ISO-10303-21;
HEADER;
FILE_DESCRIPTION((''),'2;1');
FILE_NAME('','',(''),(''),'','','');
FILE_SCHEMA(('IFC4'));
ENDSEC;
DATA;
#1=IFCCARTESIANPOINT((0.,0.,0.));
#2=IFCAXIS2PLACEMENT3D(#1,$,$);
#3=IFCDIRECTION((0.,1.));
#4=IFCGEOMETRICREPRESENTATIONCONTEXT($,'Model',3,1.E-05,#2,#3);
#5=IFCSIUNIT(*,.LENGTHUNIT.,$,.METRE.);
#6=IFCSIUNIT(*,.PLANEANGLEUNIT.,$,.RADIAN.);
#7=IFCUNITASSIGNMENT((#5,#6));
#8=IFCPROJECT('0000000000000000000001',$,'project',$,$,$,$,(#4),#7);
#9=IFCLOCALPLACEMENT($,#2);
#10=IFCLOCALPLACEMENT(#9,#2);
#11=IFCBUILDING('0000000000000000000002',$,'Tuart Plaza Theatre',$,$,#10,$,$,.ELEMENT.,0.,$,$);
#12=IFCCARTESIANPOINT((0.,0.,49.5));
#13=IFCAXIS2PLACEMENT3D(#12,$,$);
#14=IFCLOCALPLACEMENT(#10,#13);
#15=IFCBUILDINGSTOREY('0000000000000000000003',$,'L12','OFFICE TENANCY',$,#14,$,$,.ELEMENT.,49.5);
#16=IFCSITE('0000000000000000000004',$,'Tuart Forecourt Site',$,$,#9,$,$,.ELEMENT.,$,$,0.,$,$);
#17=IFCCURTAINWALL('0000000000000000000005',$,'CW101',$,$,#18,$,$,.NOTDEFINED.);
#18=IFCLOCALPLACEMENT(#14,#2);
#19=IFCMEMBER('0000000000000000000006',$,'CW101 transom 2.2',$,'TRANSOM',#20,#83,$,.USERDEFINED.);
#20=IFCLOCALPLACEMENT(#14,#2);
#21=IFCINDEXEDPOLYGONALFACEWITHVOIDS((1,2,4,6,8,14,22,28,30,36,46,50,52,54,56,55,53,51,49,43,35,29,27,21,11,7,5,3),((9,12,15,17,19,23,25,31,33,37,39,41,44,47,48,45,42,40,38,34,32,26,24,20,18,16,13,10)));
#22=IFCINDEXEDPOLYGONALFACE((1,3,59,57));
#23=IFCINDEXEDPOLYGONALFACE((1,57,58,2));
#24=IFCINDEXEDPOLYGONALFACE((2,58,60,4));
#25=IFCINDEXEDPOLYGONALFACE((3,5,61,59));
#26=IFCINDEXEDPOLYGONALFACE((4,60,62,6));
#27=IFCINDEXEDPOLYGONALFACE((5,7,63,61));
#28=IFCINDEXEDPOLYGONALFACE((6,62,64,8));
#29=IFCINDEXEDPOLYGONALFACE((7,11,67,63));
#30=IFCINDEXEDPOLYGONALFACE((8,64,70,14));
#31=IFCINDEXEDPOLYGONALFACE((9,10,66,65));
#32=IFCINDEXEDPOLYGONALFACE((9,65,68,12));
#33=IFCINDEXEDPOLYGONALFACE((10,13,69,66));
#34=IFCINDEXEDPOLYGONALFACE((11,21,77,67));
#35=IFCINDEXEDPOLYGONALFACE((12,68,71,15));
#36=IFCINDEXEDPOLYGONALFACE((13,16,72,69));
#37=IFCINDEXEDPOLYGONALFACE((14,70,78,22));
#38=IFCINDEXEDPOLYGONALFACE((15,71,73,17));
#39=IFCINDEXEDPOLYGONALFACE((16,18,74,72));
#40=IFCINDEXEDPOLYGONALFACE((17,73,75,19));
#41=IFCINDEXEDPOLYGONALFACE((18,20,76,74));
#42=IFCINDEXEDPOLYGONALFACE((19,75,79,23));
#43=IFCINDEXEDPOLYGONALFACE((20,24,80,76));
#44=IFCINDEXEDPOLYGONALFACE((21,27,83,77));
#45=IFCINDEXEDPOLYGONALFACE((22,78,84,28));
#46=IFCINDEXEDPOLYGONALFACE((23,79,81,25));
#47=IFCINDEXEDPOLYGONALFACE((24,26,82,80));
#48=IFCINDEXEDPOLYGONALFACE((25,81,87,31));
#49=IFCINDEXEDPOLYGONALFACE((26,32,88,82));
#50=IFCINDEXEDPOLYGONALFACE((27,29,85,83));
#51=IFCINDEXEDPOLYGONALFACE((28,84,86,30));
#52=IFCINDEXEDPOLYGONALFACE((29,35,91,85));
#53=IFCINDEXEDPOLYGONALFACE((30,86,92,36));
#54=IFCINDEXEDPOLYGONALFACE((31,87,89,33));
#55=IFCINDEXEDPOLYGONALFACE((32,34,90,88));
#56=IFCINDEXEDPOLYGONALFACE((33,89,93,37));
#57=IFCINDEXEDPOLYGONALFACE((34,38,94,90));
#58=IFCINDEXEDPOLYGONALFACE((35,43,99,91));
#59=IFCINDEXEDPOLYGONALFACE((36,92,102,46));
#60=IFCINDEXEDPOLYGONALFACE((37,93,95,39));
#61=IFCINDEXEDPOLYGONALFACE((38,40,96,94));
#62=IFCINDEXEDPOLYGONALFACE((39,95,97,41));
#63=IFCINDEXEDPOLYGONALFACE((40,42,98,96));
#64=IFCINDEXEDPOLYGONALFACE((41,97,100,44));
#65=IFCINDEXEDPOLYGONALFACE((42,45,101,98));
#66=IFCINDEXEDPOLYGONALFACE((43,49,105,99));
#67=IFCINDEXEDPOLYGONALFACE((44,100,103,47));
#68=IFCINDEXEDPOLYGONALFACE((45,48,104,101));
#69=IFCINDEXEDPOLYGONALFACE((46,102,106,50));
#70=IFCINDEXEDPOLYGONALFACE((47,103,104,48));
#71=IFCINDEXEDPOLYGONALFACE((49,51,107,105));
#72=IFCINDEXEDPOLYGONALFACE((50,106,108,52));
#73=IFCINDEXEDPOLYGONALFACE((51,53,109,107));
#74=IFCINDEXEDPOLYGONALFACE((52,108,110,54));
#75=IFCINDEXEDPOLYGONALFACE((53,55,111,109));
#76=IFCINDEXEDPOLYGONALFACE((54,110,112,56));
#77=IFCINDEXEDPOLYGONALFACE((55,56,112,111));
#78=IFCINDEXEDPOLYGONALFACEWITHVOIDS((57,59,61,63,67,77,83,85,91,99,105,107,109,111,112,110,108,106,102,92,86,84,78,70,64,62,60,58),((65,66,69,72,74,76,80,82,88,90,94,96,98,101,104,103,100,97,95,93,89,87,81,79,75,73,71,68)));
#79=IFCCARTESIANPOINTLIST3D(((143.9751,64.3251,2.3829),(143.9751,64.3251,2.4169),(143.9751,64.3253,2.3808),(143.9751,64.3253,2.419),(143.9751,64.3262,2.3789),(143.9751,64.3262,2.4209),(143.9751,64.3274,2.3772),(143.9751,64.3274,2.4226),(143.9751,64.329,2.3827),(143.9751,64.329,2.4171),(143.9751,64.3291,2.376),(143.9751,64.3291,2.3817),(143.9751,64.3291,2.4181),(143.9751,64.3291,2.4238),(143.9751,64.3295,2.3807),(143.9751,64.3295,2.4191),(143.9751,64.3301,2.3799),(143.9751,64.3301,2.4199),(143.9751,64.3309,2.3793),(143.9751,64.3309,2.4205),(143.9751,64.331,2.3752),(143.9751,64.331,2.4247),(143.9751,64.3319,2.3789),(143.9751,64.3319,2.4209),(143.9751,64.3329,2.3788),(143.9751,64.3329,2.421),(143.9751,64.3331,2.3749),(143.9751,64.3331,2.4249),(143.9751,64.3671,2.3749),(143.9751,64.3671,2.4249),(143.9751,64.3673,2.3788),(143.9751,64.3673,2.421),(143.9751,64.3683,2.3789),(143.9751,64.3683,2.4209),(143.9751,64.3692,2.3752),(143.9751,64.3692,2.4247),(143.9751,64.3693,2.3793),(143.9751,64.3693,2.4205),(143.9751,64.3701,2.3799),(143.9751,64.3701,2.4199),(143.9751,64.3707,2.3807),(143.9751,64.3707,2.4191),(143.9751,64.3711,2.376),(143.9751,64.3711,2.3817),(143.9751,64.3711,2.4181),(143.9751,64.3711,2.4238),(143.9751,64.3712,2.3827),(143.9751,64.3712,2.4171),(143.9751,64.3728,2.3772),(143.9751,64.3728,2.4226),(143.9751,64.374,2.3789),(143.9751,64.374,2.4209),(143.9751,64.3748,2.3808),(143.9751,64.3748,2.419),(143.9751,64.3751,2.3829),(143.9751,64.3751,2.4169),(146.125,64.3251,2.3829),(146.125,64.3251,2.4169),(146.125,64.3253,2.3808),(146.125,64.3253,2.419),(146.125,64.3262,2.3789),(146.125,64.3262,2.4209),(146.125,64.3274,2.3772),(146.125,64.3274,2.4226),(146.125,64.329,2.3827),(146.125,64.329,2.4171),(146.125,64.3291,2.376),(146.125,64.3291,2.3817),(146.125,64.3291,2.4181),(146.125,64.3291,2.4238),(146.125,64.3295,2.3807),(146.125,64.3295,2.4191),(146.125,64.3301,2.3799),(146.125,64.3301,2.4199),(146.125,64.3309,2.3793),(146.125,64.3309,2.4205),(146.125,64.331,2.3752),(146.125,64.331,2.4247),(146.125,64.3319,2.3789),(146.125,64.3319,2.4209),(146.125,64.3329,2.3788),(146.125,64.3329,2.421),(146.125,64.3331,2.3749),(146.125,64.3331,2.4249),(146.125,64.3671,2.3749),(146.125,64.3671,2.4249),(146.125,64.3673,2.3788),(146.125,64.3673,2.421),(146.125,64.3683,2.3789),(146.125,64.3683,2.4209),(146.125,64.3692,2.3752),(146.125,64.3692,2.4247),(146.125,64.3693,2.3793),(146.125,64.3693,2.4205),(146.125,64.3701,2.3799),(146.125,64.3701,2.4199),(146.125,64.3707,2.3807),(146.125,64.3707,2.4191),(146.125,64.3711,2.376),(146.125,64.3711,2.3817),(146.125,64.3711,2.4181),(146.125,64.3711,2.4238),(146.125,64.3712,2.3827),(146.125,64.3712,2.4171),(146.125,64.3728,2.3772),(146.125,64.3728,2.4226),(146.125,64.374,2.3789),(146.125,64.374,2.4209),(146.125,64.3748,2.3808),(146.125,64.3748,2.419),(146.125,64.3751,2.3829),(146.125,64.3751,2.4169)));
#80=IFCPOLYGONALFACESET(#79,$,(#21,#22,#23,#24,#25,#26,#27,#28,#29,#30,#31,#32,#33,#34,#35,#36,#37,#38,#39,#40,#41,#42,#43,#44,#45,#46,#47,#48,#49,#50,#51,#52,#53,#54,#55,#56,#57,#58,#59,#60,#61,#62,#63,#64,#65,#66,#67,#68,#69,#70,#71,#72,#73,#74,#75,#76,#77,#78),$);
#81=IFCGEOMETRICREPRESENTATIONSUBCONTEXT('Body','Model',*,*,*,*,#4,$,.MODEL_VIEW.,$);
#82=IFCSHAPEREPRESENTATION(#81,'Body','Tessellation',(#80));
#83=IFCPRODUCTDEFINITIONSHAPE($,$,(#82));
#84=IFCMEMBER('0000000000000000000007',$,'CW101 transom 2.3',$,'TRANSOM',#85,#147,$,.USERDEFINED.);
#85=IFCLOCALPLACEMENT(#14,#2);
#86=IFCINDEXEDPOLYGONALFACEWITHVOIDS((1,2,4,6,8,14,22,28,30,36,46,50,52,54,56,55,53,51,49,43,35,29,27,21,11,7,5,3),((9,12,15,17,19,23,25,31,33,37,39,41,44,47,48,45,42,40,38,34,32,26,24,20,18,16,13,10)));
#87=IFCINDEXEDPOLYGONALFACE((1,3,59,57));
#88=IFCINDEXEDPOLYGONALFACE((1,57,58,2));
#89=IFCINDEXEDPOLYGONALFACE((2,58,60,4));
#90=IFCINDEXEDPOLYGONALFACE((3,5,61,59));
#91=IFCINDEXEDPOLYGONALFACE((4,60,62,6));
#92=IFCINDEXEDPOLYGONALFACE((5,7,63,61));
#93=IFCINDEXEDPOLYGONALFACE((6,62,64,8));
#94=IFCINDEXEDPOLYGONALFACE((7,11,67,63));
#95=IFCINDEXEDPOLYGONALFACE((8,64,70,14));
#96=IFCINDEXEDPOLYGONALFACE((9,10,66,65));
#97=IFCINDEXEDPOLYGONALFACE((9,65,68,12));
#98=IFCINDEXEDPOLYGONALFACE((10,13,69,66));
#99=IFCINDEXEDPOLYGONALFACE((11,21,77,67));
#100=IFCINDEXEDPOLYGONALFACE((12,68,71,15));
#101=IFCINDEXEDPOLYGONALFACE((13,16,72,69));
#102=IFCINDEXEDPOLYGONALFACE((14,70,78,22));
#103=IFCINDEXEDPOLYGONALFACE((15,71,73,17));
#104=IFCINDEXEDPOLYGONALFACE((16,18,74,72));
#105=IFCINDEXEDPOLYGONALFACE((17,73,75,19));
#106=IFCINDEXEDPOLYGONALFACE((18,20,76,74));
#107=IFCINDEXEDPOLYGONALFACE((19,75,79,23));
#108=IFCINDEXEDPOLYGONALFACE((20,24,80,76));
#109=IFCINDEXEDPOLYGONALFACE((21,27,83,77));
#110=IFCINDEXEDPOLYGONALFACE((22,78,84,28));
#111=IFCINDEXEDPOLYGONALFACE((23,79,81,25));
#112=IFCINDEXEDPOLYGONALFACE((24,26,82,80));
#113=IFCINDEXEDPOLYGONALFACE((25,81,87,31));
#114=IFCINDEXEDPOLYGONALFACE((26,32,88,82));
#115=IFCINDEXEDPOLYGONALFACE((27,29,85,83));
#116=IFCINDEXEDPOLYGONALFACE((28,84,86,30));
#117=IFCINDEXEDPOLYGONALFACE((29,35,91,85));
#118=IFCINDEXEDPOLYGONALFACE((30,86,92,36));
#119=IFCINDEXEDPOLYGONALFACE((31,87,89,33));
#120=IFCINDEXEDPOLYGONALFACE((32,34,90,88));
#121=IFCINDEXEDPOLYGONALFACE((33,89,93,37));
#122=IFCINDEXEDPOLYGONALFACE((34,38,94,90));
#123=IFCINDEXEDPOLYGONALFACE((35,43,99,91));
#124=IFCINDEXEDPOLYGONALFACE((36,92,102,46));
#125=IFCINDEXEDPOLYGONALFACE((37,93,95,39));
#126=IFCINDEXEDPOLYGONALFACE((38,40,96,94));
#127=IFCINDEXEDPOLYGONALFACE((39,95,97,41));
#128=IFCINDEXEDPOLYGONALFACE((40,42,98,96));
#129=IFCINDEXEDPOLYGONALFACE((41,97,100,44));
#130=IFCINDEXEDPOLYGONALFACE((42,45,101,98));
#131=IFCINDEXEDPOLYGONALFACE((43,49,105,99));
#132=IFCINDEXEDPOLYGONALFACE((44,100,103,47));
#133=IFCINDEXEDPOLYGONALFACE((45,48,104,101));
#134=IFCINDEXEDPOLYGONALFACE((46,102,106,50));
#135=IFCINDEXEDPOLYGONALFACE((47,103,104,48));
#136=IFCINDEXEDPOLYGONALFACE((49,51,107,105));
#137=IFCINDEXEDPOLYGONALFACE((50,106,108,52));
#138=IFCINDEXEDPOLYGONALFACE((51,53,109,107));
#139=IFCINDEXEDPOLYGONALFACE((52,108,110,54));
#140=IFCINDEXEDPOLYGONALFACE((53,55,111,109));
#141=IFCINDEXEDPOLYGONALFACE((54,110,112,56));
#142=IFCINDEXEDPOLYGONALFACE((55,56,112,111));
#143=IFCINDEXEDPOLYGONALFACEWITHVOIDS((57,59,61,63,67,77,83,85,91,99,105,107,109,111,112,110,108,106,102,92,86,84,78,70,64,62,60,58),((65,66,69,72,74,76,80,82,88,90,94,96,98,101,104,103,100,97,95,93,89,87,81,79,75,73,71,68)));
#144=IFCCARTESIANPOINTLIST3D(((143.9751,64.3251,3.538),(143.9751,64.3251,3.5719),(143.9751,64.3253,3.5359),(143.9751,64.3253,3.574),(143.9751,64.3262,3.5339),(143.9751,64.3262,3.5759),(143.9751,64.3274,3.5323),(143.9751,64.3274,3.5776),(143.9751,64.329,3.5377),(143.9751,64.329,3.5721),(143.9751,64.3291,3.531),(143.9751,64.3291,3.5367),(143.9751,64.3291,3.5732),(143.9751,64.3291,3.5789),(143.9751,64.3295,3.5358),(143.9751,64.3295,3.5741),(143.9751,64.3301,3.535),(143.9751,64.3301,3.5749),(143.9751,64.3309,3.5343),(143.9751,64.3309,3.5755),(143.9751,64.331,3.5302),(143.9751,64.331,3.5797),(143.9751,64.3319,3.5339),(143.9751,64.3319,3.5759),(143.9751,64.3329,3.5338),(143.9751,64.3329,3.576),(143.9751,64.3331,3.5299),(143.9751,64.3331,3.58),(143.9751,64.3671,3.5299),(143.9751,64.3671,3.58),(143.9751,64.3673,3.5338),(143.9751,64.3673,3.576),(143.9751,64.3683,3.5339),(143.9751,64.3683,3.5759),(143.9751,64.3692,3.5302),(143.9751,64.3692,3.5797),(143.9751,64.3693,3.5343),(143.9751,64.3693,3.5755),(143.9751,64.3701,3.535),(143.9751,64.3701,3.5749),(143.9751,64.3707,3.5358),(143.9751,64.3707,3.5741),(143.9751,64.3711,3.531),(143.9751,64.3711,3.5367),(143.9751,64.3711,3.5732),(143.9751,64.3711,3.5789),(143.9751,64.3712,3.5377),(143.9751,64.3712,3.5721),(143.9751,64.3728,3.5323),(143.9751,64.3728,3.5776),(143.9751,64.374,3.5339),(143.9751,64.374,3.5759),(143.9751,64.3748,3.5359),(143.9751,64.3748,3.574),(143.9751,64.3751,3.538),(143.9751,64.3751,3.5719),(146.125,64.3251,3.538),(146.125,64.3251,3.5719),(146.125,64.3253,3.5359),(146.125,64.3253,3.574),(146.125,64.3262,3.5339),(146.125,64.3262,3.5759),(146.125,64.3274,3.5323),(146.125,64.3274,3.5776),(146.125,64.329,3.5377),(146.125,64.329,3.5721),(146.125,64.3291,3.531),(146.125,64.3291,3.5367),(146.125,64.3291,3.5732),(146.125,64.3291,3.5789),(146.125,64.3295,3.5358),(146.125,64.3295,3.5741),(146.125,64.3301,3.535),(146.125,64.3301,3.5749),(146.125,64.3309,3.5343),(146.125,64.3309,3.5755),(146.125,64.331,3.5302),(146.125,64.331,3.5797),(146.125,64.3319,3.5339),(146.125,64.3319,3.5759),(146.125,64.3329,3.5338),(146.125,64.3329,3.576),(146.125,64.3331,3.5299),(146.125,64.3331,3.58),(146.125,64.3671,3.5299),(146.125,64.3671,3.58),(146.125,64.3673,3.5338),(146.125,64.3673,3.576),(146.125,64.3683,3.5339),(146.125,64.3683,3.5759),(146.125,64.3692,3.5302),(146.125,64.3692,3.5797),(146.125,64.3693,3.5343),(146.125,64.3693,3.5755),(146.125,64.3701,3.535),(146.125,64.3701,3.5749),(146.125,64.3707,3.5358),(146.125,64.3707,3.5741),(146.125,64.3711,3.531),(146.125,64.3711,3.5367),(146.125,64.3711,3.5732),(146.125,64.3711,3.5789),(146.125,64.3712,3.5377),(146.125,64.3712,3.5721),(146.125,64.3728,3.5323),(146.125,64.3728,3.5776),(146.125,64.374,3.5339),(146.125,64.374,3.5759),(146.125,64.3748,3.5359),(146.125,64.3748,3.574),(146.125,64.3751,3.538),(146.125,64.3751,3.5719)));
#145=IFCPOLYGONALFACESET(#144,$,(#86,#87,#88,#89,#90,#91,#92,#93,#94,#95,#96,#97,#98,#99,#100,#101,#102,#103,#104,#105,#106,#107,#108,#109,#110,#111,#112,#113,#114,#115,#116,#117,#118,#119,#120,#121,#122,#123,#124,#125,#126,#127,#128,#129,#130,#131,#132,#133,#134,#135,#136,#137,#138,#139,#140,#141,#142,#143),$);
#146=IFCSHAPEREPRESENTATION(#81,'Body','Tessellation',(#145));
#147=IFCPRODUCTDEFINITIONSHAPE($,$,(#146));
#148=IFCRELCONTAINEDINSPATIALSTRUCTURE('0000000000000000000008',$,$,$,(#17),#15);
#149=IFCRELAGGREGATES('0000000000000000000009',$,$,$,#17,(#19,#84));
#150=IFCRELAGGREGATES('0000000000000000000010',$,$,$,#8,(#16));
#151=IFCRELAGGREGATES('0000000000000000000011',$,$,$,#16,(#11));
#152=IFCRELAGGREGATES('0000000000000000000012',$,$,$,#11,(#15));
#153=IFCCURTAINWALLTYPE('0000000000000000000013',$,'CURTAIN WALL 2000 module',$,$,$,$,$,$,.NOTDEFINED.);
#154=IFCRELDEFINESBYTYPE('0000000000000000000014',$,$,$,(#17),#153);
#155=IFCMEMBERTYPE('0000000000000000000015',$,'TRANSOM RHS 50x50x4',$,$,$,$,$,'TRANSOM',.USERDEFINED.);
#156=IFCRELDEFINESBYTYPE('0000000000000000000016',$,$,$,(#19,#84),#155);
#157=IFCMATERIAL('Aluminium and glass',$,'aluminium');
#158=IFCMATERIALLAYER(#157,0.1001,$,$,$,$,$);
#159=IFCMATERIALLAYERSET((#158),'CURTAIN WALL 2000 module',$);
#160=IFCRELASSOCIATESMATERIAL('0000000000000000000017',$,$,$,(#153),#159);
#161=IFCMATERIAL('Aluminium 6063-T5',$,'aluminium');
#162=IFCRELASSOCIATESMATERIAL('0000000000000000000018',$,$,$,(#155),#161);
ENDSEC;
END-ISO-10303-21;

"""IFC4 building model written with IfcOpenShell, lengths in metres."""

from ifc_helpers import new_model, si_unit, direction, frame, origin, origin_2d, place, context, subcontext, project, spatial, hollow_rectangle, extrude, material, layer, layer_set, material_profile, profile_set, type_object, element, aggregate, save


model = new_model("IFC4")

# Units and contexts
model_context = context("Model", 3, precision=1e-05, world=origin(), true_north=direction((0.0, 1.0)))
body_context = subcontext(model_context, "Body", "Model", "MODEL_VIEW")
ifc_project = project(units=[si_unit("LENGTHUNIT", "METRE"), si_unit("PLANEANGLEUNIT", "RADIAN")], contexts=[model_context])

# Site, building, storey
site_placement = place(None, origin())
site = spatial("IfcSite", under=ifc_project, at=site_placement, Name="Tuart Forecourt Site", CompositionType="ELEMENT", RefElevation=0.0)
building_placement = place(site_placement, origin())
building = spatial("IfcBuilding", under=site, at=building_placement, Name="Tuart Plaza Theatre", CompositionType="ELEMENT", ElevationOfRefHeight=0.0)
storey_placement = place(building_placement, frame((0.0, 0.0, 49.5)))
storey = spatial("IfcBuildingStorey", under=building, at=storey_placement, Name="L12", Description="OFFICE TENANCY", CompositionType="ELEMENT", Elevation=49.5)

# Curtain wall
ifc_material_1 = material(Name="Aluminium and glass", Category="aluminium")
ifc_layer_1 = layer(ifc_material_1, 0.1001)
ifc_layer_set_1 = layer_set([ifc_layer_1], Name="CURTAIN WALL 2000 module")
curtain_wall_type = type_object("IfcCurtainWallType", Name="CURTAIN WALL 2000 module", PredefinedType="NOTDEFINED", material=ifc_layer_set_1)
curtain_wall_1_placement = place(storey_placement, origin())
curtain_wall_1 = element("IfcCurtainWall", 1, at=curtain_wall_1_placement, inside=storey, type_object=curtain_wall_type, Name="CW101", PredefinedType="NOTDEFINED")

# Members
ifc_material_2 = material(Name="Aluminium 6063-T5", Category="aluminium")
ifc_material_profile_1 = material_profile(ifc_material_2, hollow_rectangle(XDim=0.05, YDim=0.05, WallThickness=0.0039, InnerFilletRadius=0.0039, OuterFilletRadius=0.0081, at=origin_2d()), Name="RHS 50x50x4")
ifc_profile_set_1 = profile_set([ifc_material_profile_1], Name="Aluminium 6063-T5")
member_type_1 = type_object("IfcMemberType", Name="TRANSOM RHS 50x50x4", ElementType="TRANSOM", PredefinedType="USERDEFINED", material=ifc_profile_set_1)
member_1_placement = place(storey_placement, frame((143.9751, 64.3501, 2.3999), z_axis=(1.0, 0.0, 0.0), x_axis=(0.0, 1.0, 0.0)))
member_1 = element("IfcMember", 2, at=member_1_placement, type_object=member_type_1, Name="CW101 transom 2.2", ObjectType="TRANSOM", PredefinedType="USERDEFINED", context=body_context, shape_type="SweptSolid", body=[
    extrude(hollow_rectangle(XDim=0.05, YDim=0.05, WallThickness=0.0039, InnerFilletRadius=0.0039, OuterFilletRadius=0.0081, at=origin_2d()), origin(), (0.0, 0.0, 1.0), 2.1499),
])
member_2_placement = place(storey_placement, frame((143.9751, 64.3501, 3.5549), z_axis=(1.0, 0.0, 0.0), x_axis=(0.0, 1.0, 0.0)))
member_2 = element("IfcMember", 3, at=member_2_placement, type_object=member_type_1, Name="CW101 transom 2.3", ObjectType="TRANSOM", PredefinedType="USERDEFINED", context=body_context, shape_type="SweptSolid", body=[
    extrude(hollow_rectangle(XDim=0.05, YDim=0.05, WallThickness=0.0039, InnerFilletRadius=0.0039, OuterFilletRadius=0.0081, at=origin_2d()), origin(), (0.0, 0.0, 1.0), 2.1499),
])

aggregate(curtain_wall_1, [member_1, member_2])

save(model, "model.ifc")
